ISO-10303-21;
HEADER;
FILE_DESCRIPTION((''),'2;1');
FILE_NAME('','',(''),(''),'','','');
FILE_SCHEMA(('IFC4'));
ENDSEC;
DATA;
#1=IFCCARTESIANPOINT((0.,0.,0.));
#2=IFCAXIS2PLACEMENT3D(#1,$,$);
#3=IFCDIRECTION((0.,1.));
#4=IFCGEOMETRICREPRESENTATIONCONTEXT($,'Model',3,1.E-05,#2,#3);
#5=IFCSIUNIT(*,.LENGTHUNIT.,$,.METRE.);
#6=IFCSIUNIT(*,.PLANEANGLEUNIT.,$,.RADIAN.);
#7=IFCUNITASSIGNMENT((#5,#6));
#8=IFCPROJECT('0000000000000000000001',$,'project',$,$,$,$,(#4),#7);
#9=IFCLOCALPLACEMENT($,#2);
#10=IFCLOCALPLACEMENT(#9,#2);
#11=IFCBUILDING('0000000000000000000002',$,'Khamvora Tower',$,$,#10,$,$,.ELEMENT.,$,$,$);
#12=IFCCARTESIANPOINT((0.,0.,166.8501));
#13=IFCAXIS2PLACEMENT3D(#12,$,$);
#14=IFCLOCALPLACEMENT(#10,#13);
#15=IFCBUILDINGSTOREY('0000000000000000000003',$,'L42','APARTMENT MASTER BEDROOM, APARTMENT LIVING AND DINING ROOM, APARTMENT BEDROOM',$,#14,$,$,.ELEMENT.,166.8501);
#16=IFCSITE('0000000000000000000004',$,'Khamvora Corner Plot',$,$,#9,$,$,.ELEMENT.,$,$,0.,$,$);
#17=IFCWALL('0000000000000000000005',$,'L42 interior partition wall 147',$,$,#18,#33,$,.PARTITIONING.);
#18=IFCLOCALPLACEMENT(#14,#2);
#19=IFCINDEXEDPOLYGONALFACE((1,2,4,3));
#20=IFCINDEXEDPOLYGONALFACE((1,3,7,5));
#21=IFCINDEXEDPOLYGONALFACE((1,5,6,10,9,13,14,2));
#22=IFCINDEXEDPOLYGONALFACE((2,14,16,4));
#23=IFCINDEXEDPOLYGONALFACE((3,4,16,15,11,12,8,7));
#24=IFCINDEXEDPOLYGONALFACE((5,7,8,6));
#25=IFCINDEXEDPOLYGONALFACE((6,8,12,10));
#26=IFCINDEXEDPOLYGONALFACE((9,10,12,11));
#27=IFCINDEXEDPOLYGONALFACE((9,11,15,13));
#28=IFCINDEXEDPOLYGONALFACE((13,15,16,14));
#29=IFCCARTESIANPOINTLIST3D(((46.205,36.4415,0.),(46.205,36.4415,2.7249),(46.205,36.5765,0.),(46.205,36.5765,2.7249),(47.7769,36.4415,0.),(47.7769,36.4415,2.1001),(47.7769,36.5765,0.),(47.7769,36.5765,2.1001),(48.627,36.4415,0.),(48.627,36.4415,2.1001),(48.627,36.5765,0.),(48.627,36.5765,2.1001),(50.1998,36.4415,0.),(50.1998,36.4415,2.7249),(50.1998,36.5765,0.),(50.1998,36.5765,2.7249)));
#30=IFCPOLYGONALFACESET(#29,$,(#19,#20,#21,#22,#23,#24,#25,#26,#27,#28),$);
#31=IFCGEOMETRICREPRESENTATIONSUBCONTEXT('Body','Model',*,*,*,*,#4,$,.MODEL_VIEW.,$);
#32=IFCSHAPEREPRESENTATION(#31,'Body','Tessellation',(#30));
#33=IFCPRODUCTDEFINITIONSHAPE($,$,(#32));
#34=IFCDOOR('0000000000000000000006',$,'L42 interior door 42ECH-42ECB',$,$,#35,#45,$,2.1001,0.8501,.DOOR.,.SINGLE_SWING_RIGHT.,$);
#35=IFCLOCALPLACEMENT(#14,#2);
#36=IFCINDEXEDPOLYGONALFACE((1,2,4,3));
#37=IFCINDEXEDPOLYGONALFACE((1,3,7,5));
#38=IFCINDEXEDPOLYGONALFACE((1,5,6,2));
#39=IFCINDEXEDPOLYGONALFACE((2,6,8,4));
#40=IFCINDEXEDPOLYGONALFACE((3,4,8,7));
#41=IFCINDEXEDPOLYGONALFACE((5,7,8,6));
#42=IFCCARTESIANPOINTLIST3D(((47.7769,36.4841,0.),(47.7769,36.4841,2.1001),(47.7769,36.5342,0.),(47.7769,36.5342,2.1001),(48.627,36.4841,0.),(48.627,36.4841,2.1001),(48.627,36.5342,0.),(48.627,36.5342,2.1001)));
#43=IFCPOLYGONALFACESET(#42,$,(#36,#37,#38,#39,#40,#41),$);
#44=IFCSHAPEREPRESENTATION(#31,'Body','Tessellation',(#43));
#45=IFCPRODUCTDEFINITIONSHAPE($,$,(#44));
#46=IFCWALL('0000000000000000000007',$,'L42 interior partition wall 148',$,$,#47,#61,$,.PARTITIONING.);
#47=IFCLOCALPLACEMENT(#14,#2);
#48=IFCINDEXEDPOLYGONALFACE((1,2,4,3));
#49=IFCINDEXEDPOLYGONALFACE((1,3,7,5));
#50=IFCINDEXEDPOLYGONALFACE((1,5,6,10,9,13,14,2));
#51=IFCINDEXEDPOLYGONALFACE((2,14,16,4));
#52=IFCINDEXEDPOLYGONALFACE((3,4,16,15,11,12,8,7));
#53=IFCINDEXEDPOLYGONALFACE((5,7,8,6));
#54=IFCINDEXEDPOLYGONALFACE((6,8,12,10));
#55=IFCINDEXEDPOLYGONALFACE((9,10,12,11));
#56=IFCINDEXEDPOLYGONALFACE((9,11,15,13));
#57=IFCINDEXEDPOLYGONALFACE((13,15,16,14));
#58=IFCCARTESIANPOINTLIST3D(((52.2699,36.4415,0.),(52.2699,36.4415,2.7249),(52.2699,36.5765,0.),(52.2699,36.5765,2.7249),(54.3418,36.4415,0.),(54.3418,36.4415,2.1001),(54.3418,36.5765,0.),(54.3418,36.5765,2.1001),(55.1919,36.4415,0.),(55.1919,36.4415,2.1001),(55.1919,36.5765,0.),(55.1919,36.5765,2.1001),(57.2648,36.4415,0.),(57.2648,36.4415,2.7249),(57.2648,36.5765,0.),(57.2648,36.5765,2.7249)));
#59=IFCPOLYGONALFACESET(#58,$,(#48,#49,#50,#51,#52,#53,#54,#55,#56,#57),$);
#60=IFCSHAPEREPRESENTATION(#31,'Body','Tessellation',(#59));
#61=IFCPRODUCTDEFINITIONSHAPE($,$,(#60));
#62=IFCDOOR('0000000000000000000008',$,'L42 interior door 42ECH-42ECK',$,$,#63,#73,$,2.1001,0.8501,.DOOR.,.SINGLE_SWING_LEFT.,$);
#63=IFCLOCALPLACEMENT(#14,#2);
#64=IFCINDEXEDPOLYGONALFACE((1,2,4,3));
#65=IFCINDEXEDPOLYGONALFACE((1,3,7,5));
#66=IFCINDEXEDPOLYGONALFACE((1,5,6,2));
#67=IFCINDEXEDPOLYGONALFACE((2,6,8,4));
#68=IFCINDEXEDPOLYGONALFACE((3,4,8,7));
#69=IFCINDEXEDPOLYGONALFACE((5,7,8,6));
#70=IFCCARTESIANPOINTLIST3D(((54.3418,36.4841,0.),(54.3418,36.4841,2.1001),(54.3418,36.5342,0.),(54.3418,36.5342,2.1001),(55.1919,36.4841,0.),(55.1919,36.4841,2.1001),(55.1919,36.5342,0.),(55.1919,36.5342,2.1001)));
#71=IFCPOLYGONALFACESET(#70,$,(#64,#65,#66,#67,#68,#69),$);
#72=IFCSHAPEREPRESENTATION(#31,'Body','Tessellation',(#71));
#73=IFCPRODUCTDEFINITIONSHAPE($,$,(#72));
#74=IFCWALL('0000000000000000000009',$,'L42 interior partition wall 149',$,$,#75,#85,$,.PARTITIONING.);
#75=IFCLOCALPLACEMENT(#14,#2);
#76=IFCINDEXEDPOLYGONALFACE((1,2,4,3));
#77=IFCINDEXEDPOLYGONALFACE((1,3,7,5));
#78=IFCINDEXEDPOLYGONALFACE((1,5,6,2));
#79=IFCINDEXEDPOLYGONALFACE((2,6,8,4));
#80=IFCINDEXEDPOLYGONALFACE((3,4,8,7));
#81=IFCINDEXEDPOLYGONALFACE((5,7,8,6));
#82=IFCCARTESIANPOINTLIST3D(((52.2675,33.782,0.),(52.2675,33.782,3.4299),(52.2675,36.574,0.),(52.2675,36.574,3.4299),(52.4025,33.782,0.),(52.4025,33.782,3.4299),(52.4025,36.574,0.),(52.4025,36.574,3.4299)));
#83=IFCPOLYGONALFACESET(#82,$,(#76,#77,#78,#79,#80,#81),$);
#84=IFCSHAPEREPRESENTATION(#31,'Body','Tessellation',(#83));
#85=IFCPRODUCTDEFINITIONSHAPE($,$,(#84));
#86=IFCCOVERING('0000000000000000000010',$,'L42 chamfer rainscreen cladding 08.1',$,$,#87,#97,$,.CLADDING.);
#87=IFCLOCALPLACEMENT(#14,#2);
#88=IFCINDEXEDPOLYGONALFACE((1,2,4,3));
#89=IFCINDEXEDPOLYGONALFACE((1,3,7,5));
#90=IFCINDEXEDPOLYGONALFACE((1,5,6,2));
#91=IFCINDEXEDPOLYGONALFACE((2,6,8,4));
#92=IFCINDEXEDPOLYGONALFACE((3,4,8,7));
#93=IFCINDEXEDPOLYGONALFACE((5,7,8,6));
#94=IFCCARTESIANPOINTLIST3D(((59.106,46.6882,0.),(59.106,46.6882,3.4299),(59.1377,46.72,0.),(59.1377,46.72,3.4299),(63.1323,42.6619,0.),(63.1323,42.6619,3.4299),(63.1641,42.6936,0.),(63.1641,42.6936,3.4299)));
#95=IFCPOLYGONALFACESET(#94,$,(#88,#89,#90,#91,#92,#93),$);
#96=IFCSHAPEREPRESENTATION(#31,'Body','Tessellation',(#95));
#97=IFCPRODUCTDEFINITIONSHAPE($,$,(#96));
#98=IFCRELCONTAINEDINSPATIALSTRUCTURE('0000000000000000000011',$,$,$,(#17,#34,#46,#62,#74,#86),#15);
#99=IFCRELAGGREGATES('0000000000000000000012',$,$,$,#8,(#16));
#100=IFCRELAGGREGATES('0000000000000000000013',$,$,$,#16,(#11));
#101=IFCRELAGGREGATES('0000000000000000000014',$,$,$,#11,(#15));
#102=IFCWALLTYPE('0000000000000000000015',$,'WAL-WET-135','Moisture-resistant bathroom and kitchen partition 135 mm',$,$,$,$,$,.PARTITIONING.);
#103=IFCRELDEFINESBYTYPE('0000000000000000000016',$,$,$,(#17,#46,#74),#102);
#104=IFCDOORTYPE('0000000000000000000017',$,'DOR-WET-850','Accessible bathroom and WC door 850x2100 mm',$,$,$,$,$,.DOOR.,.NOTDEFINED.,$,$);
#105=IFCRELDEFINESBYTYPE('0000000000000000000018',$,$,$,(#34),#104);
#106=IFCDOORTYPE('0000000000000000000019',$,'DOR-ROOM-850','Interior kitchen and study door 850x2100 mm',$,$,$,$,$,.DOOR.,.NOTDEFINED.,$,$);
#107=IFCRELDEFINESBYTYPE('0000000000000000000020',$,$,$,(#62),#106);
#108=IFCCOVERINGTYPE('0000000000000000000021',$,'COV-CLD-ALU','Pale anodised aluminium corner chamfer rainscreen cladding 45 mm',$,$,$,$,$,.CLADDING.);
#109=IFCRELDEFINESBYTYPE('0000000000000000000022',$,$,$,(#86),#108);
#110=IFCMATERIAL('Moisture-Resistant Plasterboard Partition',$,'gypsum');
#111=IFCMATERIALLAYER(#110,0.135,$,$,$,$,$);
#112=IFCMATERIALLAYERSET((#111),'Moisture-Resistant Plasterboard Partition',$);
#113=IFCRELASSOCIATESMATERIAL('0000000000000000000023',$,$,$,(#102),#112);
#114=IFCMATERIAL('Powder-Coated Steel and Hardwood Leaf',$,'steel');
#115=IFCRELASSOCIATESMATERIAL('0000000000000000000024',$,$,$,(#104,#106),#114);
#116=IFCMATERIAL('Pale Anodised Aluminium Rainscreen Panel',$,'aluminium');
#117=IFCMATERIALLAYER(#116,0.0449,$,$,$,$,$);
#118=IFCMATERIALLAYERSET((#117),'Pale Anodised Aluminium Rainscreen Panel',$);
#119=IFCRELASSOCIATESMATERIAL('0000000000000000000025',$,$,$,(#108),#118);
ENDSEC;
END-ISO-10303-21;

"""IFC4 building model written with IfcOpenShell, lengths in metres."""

from ifc_helpers import new_model, si_unit, direction, frame, frame_2d, origin, origin_2d, place, context, subcontext, project, spatial, rectangle, extrude, material, layer, layer_set, type_object, element, fill, save


model = new_model("IFC4")

# Units and contexts
model_context = context("Model", 3, precision=1e-05, world=origin(), true_north=direction((0.0, 1.0)))
body_context = subcontext(model_context, "Body", "Model", "MODEL_VIEW")
ifc_project = project(units=[si_unit("LENGTHUNIT", "METRE"), si_unit("PLANEANGLEUNIT", "RADIAN")], contexts=[model_context])

# Site, building, storey
site_placement = place(None, origin())
site = spatial("IfcSite", under=ifc_project, at=site_placement, Name="Khamvora Corner Plot", CompositionType="ELEMENT", RefElevation=0.0)
building_placement = place(site_placement, origin())
building = spatial("IfcBuilding", under=site, at=building_placement, Name="Khamvora Tower", CompositionType="ELEMENT")
storey_placement = place(building_placement, frame((0.0, 0.0, 166.8501)))
storey = spatial("IfcBuildingStorey", under=building, at=storey_placement, Name="L42", Description="APARTMENT MASTER BEDROOM, APARTMENT LIVING AND DINING ROOM, APARTMENT BEDROOM", CompositionType="ELEMENT", Elevation=166.8501)

# Shared definitions
ifc_material_1 = material(Name="Powder-Coated Steel and Hardwood Leaf", Category="steel")

# Walls, openings, doors
ifc_material_2 = material(Name="Moisture-Resistant Plasterboard Partition", Category="gypsum")
ifc_layer_1 = layer(ifc_material_2, 0.135)
ifc_layer_set_1 = layer_set([ifc_layer_1], Name="Moisture-Resistant Plasterboard Partition")
wall_type_1 = type_object("IfcWallType", Name="WAL-WET-135", Description="Moisture-resistant bathroom and kitchen partition 135 mm", PredefinedType="PARTITIONING", material=ifc_layer_set_1)
wall_1_placement = place(storey_placement, frame((50.2, 36.509, 0.0), z_axis=(0.0, 0.0, 1.0), x_axis=(-1.0, 0.0, 0.0)))
wall_1 = element("IfcWall", 1, at=wall_1_placement, inside=storey, type_object=wall_type_1, Name="L42 interior partition wall 147", PredefinedType="PARTITIONING", context=body_context, shape_type="SweptSolid", body=[
    extrude(rectangle(XDim=3.9949, YDim=0.135, at=frame_2d((1.9976, 0.0))), origin(), (0.0, 0.0, 1.0), 2.7249),
])
opening_1_placement = place(wall_1_placement, frame((1.573, 0.0, 0.0)))
opening_1 = element("IfcOpeningElement", 2, at=opening_1_placement, cuts=wall_1, PredefinedType="OPENING", context=body_context, shape_type="SweptSolid", body=[
    extrude(rectangle(XDim=0.8501, YDim=2.1001, at=frame_2d((0.425, 1.05))), frame((0.0, 0.0774, 0.0), z_axis=(0.0, -1.0, 0.0), x_axis=(1.0, 0.0, 0.0)), (0.0, 0.0, 1.0), 0.155),
])
door_type_1 = type_object("IfcDoorType", Name="DOR-WET-850", Description="Accessible bathroom and WC door 850x2100 mm", OperationType="NOTDEFINED", PredefinedType="DOOR", material=ifc_material_1)
door_1_placement = place(opening_1_placement, origin())
door_1 = element("IfcDoor", 3, at=door_1_placement, inside=storey, type_object=door_type_1, Name="L42 interior door 42ECH-42ECB", OperationType="SINGLE_SWING_RIGHT", OverallHeight=2.1001, OverallWidth=0.8501, PredefinedType="DOOR", context=body_context, shape_type="SweptSolid", body=[
    extrude(rectangle(XDim=0.8501, YDim=2.1001, at=frame_2d((0.425, 1.05))), frame((0.0, 0.0249, 0.0), z_axis=(0.0, -1.0, 0.0), x_axis=(1.0, 0.0, 0.0)), (0.0, 0.0, 1.0), 0.05),
])
fill(opening_1, door_1)
wall_2_placement = place(storey_placement, frame((57.2649, 36.509, 0.0), z_axis=(0.0, 0.0, 1.0), x_axis=(-1.0, 0.0, 0.0)))
wall_2 = element("IfcWall", 4, at=wall_2_placement, inside=storey, type_object=wall_type_1, Name="L42 interior partition wall 148", PredefinedType="PARTITIONING", context=body_context, shape_type="SweptSolid", body=[
    extrude(rectangle(XDim=4.9949, YDim=0.135, at=frame_2d((2.4976, 0.0))), origin(), (0.0, 0.0, 1.0), 2.7249),
])
opening_2_placement = place(wall_2_placement, frame((2.073, 0.0, 0.0)))
opening_2 = element("IfcOpeningElement", 5, at=opening_2_placement, cuts=wall_2, PredefinedType="OPENING", context=body_context, shape_type="SweptSolid", body=[
    extrude(rectangle(XDim=0.8501, YDim=2.1001, at=frame_2d((0.425, 1.05))), frame((0.0, 0.0774, 0.0), z_axis=(0.0, -1.0, 0.0), x_axis=(1.0, 0.0, 0.0)), (0.0, 0.0, 1.0), 0.155),
])
door_type_2 = type_object("IfcDoorType", Name="DOR-ROOM-850", Description="Interior kitchen and study door 850x2100 mm", OperationType="NOTDEFINED", PredefinedType="DOOR", material=ifc_material_1)
door_2_placement = place(opening_2_placement, origin())
door_2 = element("IfcDoor", 6, at=door_2_placement, inside=storey, type_object=door_type_2, Name="L42 interior door 42ECH-42ECK", OperationType="SINGLE_SWING_LEFT", OverallHeight=2.1001, OverallWidth=0.8501, PredefinedType="DOOR", context=body_context, shape_type="SweptSolid", body=[
    extrude(rectangle(XDim=0.8501, YDim=2.1001, at=frame_2d((0.425, 1.05))), frame((0.0, 0.0249, 0.0), z_axis=(0.0, -1.0, 0.0), x_axis=(1.0, 0.0, 0.0)), (0.0, 0.0, 1.0), 0.05),
])
fill(opening_2, door_2)

# Wall
wall_3_placement = place(storey_placement, frame((52.335, 36.574, 0.0), z_axis=(0.0, 0.0, 1.0), x_axis=(0.0, -1.0, 0.0)))
element("IfcWall", 7, at=wall_3_placement, inside=storey, type_object=wall_type_1, Name="L42 interior partition wall 149", PredefinedType="PARTITIONING", context=body_context, shape_type="SweptSolid", body=[
    extrude(rectangle(XDim=2.792, YDim=0.135, at=frame_2d((1.396, 0.0))), origin(), (0.0, 0.0, 1.0), 3.4299),
])

# Covering
ifc_material_3 = material(Name="Pale Anodised Aluminium Rainscreen Panel", Category="aluminium")
ifc_layer_2 = layer(ifc_material_3, 0.0449)
ifc_layer_set_2 = layer_set([ifc_layer_2], Name="Pale Anodised Aluminium Rainscreen Panel")
covering_type = type_object("IfcCoveringType", Name="COV-CLD-ALU", Description="Pale anodised aluminium corner chamfer rainscreen cladding 45 mm", PredefinedType="CLADDING", material=ifc_layer_set_2)
covering_placement = place(storey_placement, frame((61.135, 44.6909, 0.0), z_axis=(0.0, 0.0, 1.0), x_axis=(0.707107, -0.707107, 0.0)))
element("IfcCovering", 8, at=covering_placement, inside=storey, type_object=covering_type, Name="L42 chamfer rainscreen cladding 08.1", PredefinedType="CLADDING", context=body_context, shape_type="SweptSolid", body=[
    extrude(rectangle(XDim=5.6941, YDim=0.0449, at=origin_2d()), origin(), (0.0, 0.0, 1.0), 3.4299),
])

save(model, "model.ifc")
